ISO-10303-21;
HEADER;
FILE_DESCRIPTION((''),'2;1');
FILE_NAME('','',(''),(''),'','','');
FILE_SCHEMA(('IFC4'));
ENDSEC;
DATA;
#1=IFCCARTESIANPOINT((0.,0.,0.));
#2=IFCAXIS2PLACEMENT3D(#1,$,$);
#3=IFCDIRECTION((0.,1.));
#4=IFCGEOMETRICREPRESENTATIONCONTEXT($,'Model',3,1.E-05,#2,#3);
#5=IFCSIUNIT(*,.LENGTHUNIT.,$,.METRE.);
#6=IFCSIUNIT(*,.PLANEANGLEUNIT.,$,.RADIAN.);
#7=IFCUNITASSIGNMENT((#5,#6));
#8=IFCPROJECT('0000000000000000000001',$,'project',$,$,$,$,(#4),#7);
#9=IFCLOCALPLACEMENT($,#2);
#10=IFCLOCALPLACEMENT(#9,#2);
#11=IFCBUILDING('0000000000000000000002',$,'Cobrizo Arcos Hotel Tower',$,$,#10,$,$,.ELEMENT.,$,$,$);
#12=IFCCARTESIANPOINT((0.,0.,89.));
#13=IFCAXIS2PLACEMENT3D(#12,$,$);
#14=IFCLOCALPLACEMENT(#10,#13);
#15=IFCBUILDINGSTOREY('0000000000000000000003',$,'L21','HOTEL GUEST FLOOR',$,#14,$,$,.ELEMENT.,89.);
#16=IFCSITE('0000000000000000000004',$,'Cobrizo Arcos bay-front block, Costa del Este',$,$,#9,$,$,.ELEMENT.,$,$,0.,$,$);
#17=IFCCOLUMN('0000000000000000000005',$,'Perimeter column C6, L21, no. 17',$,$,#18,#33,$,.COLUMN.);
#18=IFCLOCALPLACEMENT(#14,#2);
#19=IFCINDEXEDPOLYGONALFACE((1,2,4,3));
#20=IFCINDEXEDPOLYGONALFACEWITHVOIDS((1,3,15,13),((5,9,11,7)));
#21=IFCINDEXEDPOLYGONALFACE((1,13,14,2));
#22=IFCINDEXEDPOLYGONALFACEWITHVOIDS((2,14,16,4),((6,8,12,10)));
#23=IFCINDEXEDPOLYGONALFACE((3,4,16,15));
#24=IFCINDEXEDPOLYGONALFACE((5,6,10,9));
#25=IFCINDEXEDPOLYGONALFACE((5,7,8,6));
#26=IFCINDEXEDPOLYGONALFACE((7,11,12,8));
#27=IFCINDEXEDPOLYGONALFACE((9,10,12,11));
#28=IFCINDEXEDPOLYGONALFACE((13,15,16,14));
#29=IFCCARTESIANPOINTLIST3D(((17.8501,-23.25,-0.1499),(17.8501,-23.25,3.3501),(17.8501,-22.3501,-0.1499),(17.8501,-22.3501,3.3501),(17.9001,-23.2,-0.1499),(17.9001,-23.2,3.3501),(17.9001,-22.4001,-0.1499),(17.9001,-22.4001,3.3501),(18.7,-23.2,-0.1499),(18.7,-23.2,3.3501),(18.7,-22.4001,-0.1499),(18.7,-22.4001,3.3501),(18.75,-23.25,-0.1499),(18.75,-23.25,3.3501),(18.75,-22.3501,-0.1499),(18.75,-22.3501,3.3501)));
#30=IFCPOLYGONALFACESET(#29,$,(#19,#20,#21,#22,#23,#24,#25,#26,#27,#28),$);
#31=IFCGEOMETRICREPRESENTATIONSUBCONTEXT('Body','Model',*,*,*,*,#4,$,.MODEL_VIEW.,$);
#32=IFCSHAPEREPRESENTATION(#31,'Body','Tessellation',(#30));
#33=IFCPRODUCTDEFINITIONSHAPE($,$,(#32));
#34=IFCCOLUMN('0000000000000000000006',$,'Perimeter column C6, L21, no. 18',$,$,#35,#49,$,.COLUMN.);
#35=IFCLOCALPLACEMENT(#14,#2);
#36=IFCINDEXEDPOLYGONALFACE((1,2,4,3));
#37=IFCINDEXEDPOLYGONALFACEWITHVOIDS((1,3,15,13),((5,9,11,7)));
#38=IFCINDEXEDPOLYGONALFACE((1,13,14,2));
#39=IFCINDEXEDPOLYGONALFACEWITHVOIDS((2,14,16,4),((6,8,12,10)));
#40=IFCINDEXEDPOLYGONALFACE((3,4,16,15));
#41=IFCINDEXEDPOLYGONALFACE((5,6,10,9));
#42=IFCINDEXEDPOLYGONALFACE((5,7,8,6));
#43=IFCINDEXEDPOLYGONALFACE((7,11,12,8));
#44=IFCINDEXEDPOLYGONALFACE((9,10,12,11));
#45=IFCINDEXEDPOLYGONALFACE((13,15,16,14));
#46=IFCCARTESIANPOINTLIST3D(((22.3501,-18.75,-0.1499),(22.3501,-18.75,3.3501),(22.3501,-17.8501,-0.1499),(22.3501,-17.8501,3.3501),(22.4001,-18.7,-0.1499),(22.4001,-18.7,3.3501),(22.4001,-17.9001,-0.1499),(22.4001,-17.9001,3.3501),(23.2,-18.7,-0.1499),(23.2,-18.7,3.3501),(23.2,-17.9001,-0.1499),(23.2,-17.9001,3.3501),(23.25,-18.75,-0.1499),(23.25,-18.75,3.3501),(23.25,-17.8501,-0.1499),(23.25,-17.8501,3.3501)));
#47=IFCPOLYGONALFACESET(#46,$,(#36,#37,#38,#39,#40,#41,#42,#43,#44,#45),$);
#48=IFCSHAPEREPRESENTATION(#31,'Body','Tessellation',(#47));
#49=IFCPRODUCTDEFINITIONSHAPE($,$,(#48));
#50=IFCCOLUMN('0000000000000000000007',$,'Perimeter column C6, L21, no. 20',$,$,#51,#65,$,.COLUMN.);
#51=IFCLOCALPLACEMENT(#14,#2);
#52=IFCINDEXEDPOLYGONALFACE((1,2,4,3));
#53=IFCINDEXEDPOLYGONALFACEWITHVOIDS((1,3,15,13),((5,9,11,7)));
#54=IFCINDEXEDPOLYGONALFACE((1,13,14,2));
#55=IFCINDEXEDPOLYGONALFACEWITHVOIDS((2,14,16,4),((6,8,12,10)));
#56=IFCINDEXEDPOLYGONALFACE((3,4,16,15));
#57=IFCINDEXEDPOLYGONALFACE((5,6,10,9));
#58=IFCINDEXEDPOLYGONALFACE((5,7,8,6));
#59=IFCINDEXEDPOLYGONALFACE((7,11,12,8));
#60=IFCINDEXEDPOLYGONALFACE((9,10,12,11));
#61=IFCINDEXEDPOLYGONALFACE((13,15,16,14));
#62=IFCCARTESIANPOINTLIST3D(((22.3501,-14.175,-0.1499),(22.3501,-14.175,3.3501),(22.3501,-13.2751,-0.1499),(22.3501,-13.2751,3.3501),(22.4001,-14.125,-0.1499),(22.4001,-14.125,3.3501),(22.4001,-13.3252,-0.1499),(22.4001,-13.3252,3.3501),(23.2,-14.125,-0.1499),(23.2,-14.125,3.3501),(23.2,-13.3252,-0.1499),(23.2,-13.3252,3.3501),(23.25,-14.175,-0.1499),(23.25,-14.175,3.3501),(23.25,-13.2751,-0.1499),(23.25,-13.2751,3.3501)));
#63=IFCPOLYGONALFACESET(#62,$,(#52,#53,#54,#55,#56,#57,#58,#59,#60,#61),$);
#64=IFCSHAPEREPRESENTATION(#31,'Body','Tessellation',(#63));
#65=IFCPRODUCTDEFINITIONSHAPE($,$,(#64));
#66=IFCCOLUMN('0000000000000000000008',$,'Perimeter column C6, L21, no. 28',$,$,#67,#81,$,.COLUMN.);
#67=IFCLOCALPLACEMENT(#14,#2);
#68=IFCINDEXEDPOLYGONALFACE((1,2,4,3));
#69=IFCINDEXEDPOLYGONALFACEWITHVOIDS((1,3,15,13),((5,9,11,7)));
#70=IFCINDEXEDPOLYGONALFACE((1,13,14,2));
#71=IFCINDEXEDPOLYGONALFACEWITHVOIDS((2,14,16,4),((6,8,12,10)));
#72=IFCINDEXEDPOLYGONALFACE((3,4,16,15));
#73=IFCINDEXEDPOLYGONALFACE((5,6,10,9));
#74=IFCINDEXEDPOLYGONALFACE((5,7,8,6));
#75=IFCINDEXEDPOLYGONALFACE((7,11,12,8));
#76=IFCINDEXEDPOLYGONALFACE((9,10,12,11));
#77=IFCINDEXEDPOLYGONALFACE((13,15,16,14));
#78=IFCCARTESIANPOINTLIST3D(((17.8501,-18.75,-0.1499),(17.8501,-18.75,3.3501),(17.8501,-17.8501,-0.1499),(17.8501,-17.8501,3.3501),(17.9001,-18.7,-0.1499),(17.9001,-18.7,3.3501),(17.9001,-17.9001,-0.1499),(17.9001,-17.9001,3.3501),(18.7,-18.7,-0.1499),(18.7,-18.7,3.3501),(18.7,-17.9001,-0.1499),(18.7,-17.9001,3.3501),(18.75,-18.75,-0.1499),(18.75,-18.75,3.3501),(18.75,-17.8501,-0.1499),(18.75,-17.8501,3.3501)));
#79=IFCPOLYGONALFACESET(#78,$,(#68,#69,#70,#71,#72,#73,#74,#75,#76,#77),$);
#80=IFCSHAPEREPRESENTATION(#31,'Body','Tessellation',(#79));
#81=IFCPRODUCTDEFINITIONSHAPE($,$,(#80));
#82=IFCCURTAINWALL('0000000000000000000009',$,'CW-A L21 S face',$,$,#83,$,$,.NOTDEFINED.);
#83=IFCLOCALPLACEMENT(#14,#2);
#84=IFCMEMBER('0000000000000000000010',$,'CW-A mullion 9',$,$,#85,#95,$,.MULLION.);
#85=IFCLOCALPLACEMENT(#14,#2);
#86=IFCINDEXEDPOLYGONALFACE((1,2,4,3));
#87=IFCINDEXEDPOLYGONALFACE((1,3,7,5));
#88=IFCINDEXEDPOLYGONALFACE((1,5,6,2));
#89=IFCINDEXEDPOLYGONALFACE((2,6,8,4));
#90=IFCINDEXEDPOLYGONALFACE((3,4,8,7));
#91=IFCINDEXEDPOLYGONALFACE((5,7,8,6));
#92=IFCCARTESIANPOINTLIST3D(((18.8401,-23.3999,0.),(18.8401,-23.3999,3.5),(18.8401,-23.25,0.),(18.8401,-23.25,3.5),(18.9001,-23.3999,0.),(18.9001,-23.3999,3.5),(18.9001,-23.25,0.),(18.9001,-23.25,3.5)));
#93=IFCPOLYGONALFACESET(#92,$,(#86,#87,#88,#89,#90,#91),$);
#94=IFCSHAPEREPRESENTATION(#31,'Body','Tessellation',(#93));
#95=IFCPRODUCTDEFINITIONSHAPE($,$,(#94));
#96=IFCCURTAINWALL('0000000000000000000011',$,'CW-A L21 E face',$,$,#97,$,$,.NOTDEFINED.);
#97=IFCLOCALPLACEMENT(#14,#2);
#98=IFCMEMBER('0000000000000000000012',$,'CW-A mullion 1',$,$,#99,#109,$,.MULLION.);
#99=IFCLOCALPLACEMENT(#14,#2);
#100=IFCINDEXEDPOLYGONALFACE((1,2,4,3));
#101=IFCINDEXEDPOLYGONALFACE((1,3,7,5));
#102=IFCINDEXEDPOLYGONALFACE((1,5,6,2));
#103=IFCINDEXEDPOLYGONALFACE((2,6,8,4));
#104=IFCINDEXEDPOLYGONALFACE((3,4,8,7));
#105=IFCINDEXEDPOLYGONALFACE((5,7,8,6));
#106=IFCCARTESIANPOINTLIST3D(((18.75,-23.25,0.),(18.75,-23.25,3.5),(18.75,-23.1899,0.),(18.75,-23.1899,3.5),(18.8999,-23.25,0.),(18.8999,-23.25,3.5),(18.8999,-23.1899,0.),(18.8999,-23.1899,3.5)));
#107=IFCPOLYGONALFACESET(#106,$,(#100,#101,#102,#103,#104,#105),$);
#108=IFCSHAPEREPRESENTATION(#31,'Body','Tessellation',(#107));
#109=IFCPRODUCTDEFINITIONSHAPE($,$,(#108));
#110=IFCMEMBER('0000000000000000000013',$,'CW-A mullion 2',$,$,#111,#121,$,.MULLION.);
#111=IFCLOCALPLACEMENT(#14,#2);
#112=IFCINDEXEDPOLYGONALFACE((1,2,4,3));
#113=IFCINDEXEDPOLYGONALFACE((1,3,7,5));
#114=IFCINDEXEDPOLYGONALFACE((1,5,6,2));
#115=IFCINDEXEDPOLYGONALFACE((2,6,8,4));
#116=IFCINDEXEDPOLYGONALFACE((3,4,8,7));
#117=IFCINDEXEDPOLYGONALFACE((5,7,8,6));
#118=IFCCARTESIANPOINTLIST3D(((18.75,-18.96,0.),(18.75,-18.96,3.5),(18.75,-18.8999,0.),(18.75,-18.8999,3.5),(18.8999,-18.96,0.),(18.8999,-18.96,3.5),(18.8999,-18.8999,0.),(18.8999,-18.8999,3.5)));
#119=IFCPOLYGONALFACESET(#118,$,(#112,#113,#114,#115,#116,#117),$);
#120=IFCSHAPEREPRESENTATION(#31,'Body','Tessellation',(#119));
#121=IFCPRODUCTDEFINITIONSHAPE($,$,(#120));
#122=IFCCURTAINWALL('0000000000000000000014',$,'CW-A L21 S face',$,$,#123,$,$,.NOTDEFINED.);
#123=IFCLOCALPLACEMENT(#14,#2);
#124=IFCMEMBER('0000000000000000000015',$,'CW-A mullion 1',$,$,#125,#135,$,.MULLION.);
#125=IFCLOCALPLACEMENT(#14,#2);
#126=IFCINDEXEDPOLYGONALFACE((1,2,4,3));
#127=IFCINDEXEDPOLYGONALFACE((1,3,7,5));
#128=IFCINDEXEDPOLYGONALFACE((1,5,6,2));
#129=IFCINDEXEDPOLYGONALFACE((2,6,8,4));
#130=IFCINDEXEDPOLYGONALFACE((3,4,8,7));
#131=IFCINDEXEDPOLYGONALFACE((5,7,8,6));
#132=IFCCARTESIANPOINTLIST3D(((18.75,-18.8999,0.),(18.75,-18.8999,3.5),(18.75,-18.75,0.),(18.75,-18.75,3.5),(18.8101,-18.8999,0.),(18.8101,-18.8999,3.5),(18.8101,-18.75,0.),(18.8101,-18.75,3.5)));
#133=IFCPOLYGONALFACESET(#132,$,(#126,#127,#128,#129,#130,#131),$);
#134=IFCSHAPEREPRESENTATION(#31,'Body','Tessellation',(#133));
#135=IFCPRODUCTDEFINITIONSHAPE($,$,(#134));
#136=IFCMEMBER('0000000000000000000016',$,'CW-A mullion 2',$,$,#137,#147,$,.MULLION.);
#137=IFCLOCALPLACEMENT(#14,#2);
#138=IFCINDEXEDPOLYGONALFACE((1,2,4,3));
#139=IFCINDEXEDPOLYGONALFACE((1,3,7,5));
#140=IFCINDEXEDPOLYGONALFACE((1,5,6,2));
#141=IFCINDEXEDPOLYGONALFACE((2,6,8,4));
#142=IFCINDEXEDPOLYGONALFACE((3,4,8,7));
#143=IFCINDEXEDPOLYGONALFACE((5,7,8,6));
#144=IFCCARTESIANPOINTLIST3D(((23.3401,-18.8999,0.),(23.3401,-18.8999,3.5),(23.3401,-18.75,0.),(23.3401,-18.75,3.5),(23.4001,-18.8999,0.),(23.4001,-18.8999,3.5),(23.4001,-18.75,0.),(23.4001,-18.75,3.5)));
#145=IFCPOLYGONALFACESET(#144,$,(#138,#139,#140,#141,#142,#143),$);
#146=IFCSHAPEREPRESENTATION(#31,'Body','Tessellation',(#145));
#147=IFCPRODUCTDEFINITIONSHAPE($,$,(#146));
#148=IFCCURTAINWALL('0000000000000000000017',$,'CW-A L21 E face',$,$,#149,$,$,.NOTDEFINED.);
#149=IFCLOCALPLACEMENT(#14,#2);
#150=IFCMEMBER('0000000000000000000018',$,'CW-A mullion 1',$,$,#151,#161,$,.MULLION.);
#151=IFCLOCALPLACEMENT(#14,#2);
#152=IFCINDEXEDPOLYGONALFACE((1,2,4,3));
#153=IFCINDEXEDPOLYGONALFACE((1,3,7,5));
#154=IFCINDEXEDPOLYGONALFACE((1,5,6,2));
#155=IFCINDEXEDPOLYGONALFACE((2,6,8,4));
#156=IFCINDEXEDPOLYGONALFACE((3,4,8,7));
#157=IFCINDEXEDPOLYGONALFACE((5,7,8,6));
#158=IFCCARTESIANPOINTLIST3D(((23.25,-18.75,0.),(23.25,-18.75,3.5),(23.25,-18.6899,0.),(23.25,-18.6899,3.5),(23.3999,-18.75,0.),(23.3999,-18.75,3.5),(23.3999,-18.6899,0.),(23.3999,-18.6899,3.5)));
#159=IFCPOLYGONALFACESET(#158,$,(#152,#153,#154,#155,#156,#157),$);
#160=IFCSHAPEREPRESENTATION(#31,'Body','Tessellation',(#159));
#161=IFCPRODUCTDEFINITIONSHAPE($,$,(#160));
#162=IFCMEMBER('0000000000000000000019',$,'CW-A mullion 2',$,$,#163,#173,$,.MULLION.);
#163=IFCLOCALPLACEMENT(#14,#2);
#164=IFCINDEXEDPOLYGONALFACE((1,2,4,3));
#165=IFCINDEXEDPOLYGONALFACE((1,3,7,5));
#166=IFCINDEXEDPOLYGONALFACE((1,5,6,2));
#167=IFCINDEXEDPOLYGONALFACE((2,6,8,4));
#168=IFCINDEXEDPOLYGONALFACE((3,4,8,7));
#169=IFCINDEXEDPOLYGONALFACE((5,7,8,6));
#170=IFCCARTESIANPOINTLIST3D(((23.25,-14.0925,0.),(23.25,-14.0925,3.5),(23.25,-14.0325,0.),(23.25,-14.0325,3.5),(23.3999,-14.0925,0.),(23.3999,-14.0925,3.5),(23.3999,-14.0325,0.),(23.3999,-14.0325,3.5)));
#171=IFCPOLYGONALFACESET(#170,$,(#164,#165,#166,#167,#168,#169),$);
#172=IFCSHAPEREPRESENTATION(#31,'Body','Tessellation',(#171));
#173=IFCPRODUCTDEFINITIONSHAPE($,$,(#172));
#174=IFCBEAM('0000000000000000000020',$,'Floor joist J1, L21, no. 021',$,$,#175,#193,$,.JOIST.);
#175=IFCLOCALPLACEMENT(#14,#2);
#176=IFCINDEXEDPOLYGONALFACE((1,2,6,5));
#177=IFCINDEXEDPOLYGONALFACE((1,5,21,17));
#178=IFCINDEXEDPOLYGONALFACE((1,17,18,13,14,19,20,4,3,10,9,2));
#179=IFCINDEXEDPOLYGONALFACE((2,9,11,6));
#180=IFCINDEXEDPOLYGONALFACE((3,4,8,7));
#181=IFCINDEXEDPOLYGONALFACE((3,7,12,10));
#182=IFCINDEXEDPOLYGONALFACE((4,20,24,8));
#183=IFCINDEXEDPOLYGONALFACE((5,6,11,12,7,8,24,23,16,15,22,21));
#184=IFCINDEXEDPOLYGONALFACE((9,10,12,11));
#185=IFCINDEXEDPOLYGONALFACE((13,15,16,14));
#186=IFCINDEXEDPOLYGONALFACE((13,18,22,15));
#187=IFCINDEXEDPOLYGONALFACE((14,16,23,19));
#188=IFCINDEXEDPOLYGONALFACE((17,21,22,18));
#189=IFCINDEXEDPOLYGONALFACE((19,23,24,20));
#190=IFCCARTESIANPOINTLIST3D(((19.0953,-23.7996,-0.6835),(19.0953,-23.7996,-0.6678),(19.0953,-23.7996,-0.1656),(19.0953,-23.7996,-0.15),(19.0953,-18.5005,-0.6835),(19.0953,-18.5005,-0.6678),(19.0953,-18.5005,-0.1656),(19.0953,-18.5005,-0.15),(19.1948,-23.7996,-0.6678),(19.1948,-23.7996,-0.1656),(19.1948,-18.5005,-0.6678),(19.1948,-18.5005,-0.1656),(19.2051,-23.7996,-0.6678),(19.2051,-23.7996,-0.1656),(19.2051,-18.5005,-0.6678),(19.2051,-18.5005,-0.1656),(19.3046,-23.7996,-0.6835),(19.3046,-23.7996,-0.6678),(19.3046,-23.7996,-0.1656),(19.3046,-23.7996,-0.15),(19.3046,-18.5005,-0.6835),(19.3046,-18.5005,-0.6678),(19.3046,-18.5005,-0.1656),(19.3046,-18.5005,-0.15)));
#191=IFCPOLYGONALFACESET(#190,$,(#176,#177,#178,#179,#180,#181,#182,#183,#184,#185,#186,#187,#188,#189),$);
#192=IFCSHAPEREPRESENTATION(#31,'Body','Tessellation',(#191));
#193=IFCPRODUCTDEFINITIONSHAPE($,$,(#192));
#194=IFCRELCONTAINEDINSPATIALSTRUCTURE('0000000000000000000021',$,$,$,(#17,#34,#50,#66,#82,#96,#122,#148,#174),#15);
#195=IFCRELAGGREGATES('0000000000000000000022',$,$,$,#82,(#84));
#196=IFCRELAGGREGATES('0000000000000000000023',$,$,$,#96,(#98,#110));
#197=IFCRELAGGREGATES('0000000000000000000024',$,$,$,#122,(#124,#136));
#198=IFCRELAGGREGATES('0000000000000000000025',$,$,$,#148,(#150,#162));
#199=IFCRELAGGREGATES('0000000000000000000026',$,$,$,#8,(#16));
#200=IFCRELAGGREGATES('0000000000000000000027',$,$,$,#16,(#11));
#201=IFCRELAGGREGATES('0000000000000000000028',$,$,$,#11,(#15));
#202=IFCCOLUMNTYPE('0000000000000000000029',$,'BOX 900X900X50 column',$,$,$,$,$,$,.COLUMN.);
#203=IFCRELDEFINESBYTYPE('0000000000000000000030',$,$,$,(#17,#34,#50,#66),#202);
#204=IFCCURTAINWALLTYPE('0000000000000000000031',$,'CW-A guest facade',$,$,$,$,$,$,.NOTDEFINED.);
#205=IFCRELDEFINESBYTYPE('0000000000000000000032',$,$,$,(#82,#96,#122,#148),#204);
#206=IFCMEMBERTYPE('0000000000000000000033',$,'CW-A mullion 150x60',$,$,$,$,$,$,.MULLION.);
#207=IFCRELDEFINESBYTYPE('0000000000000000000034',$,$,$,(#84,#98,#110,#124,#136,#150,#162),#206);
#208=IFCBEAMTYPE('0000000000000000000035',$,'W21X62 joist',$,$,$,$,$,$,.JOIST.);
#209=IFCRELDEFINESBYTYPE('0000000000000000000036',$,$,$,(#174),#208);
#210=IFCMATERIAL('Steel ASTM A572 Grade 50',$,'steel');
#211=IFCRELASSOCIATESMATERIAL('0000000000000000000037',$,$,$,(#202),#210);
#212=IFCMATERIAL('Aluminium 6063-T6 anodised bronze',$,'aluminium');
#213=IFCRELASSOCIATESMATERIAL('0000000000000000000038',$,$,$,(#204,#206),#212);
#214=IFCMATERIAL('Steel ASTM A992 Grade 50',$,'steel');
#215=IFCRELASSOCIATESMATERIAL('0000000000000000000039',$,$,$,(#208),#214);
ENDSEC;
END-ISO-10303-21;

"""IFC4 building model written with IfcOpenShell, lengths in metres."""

from ifc_helpers import new_model, si_unit, direction, frame, origin, origin_2d, place, context, subcontext, project, spatial, rectangle, hollow_rectangle, i_section, extrude, material, material_profile, profile_set, type_object, element, aggregate, save


model = new_model("IFC4")

# Units and contexts
model_context = context("Model", 3, precision=1e-05, world=origin(), true_north=direction((0.0, 1.0)))
body_context = subcontext(model_context, "Body", "Model", "MODEL_VIEW")
ifc_project = project(units=[si_unit("LENGTHUNIT", "METRE"), si_unit("PLANEANGLEUNIT", "RADIAN")], contexts=[model_context])

# Site, building, storey
site_placement = place(None, origin())
site = spatial("IfcSite", under=ifc_project, at=site_placement, Name="Cobrizo Arcos bay-front block, Costa del Este", CompositionType="ELEMENT", RefElevation=0.0)
building_placement = place(site_placement, origin())
building = spatial("IfcBuilding", under=site, at=building_placement, Name="Cobrizo Arcos Hotel Tower", CompositionType="ELEMENT")
storey_placement = place(building_placement, frame((0.0, 0.0, 89.0)))
storey = spatial("IfcBuildingStorey", under=building, at=storey_placement, Name="L21", Description="HOTEL GUEST FLOOR", CompositionType="ELEMENT", Elevation=89.0)

# Columns
ifc_material_1 = material(Name="Steel ASTM A572 Grade 50", Category="steel")
ifc_material_profile_1 = material_profile(ifc_material_1, hollow_rectangle(XDim=0.8999, YDim=0.8999, WallThickness=0.05, at=origin_2d()), Name="BOX 900X900X50")
ifc_profile_set_1 = profile_set([ifc_material_profile_1], Name="Steel ASTM A572 Grade 50")
column_type = type_object("IfcColumnType", Name="BOX 900X900X50 column", PredefinedType="COLUMN", material=ifc_profile_set_1)
for number, where, z_axis, x_axis, name in (
    (1, (18.3, -22.8, -0.1499), (0.0, 0.0, 1.0), (1.0, 0.0, 0.0), "Perimeter column C6, L21, no. 17"),
    (2, (22.8, -18.3, -0.1499), (0.0, 0.0, 1.0), (1.0, 0.0, 0.0), "Perimeter column C6, L21, no. 18"),
    (3, (22.8, -13.7251, -0.1499), (0.0, 0.0, 1.0), (1.0, 0.0, 0.0), "Perimeter column C6, L21, no. 20"),
    (4, (18.3, -18.3, -0.1499), (0.0, 0.0, 1.0), (1.0, 0.0, 0.0), "Perimeter column C6, L21, no. 28"),
):
    element("IfcColumn", number, at=place(storey_placement, frame(where, z_axis=z_axis, x_axis=x_axis)), inside=storey, type_object=column_type, Name=name, PredefinedType="COLUMN", context=body_context, shape_type="SweptSolid", body=[
        extrude(hollow_rectangle(XDim=0.8999, YDim=0.8999, WallThickness=0.05, at=origin_2d()), origin(), (0.0, 0.0, 1.0), 3.5),
    ])

# Curtain wall, member
ifc_material_2 = material(Name="Aluminium 6063-T6 anodised bronze", Category="aluminium")
curtain_wall_type = type_object("IfcCurtainWallType", Name="CW-A guest facade", PredefinedType="NOTDEFINED", material=ifc_material_2)
curtain_wall_1_placement = place(storey_placement, origin())
curtain_wall_1 = element("IfcCurtainWall", 5, at=curtain_wall_1_placement, inside=storey, type_object=curtain_wall_type, Name="CW-A L21 S face", PredefinedType="NOTDEFINED")
ifc_material_profile_2 = material_profile(ifc_material_2, rectangle(XDim=0.1499, YDim=0.0601, at=origin_2d()), Name="CW-A mullion 150x60")
ifc_profile_set_2 = profile_set([ifc_material_profile_2], Name="Aluminium 6063-T6 anodised bronze")
member_type = type_object("IfcMemberType", Name="CW-A mullion 150x60", PredefinedType="MULLION", material=ifc_profile_set_2)
member_1_placement = place(storey_placement, frame((18.8701, -23.325, 0.0), z_axis=(0.0, 0.0, 1.0), x_axis=(0.0, -1.0, 0.0)))
member_1 = element("IfcMember", 6, at=member_1_placement, type_object=member_type, Name="CW-A mullion 9", PredefinedType="MULLION", context=body_context, shape_type="SweptSolid", body=[
    extrude(rectangle(XDim=0.1499, YDim=0.0601, at=origin_2d()), origin(), (0.0, 0.0, 1.0), 3.5),
])

# Curtain walls, members
curtain_wall_2_placement = place(storey_placement, origin())
curtain_wall_2 = element("IfcCurtainWall", 7, at=curtain_wall_2_placement, inside=storey, type_object=curtain_wall_type, Name="CW-A L21 E face", PredefinedType="NOTDEFINED")
member_2_placement = place(storey_placement, frame((18.825, -23.22, 0.0), z_axis=(0.0, 0.0, 1.0), x_axis=(1.0, 0.0, 0.0)))
member_2 = element("IfcMember", 8, at=member_2_placement, type_object=member_type, Name="CW-A mullion 1", PredefinedType="MULLION", context=body_context, shape_type="SweptSolid", body=[
    extrude(rectangle(XDim=0.1499, YDim=0.0601, at=origin_2d()), origin(), (0.0, 0.0, 1.0), 3.5),
])
member_3_placement = place(storey_placement, frame((18.825, -18.9299, 0.0), z_axis=(0.0, 0.0, 1.0), x_axis=(1.0, 0.0, 0.0)))
member_3 = element("IfcMember", 9, at=member_3_placement, type_object=member_type, Name="CW-A mullion 2", PredefinedType="MULLION", context=body_context, shape_type="SweptSolid", body=[
    extrude(rectangle(XDim=0.1499, YDim=0.0601, at=origin_2d()), origin(), (0.0, 0.0, 1.0), 3.5),
])
curtain_wall_3_placement = place(storey_placement, origin())
curtain_wall_3 = element("IfcCurtainWall", 10, at=curtain_wall_3_placement, inside=storey, type_object=curtain_wall_type, Name="CW-A L21 S face", PredefinedType="NOTDEFINED")
member_4_placement = place(storey_placement, frame((18.78, -18.825, 0.0), z_axis=(0.0, 0.0, 1.0), x_axis=(0.0, -1.0, 0.0)))
member_4 = element("IfcMember", 11, at=member_4_placement, type_object=member_type, Name="CW-A mullion 1", PredefinedType="MULLION", context=body_context, shape_type="SweptSolid", body=[
    extrude(rectangle(XDim=0.1499, YDim=0.0601, at=origin_2d()), origin(), (0.0, 0.0, 1.0), 3.5),
])
member_5_placement = place(storey_placement, frame((23.3701, -18.825, 0.0), z_axis=(0.0, 0.0, 1.0), x_axis=(0.0, -1.0, 0.0)))
member_5 = element("IfcMember", 12, at=member_5_placement, type_object=member_type, Name="CW-A mullion 2", PredefinedType="MULLION", context=body_context, shape_type="SweptSolid", body=[
    extrude(rectangle(XDim=0.1499, YDim=0.0601, at=origin_2d()), origin(), (0.0, 0.0, 1.0), 3.5),
])
curtain_wall_4_placement = place(storey_placement, origin())
curtain_wall_4 = element("IfcCurtainWall", 13, at=curtain_wall_4_placement, inside=storey, type_object=curtain_wall_type, Name="CW-A L21 E face", PredefinedType="NOTDEFINED")
member_6_placement = place(storey_placement, frame((23.325, -18.72, 0.0), z_axis=(0.0, 0.0, 1.0), x_axis=(1.0, 0.0, 0.0)))
member_6 = element("IfcMember", 14, at=member_6_placement, type_object=member_type, Name="CW-A mullion 1", PredefinedType="MULLION", context=body_context, shape_type="SweptSolid", body=[
    extrude(rectangle(XDim=0.1499, YDim=0.0601, at=origin_2d()), origin(), (0.0, 0.0, 1.0), 3.5),
])
member_7_placement = place(storey_placement, frame((23.325, -14.0625, 0.0), z_axis=(0.0, 0.0, 1.0), x_axis=(1.0, 0.0, 0.0)))
member_7 = element("IfcMember", 15, at=member_7_placement, type_object=member_type, Name="CW-A mullion 2", PredefinedType="MULLION", context=body_context, shape_type="SweptSolid", body=[
    extrude(rectangle(XDim=0.1499, YDim=0.0601, at=origin_2d()), origin(), (0.0, 0.0, 1.0), 3.5),
])

# Beam
ifc_material_3 = material(Name="Steel ASTM A992 Grade 50", Category="steel")
ifc_material_profile_3 = material_profile(ifc_material_3, i_section(OverallWidth=0.2092, OverallDepth=0.5334, WebThickness=0.0103, FlangeThickness=0.0156, at=origin_2d()), Name="W21X62")
ifc_profile_set_3 = profile_set([ifc_material_profile_3], Name="Steel ASTM A992 Grade 50")
beam_type_1 = type_object("IfcBeamType", Name="W21X62 joist", PredefinedType="JOIST", material=ifc_profile_set_3)
beam_1_placement = place(storey_placement, frame((19.2, -23.7996, -0.4167), z_axis=(0.0, 1.0, 0.0), x_axis=(-1.0, 0.0, 0.0)))
element("IfcBeam", 16, at=beam_1_placement, inside=storey, type_object=beam_type_1, Name="Floor joist J1, L21, no. 021", PredefinedType="JOIST", context=body_context, shape_type="SweptSolid", body=[
    extrude(i_section(OverallWidth=0.2092, OverallDepth=0.5334, WebThickness=0.0103, FlangeThickness=0.0156, at=origin_2d()), origin(), (0.0, 0.0, 1.0), 5.2991),
])

aggregate(curtain_wall_1, [member_1])
aggregate(curtain_wall_2, [member_2, member_3])
aggregate(curtain_wall_3, [member_4, member_5])
aggregate(curtain_wall_4, [member_6, member_7])

save(model, "model.ifc")
